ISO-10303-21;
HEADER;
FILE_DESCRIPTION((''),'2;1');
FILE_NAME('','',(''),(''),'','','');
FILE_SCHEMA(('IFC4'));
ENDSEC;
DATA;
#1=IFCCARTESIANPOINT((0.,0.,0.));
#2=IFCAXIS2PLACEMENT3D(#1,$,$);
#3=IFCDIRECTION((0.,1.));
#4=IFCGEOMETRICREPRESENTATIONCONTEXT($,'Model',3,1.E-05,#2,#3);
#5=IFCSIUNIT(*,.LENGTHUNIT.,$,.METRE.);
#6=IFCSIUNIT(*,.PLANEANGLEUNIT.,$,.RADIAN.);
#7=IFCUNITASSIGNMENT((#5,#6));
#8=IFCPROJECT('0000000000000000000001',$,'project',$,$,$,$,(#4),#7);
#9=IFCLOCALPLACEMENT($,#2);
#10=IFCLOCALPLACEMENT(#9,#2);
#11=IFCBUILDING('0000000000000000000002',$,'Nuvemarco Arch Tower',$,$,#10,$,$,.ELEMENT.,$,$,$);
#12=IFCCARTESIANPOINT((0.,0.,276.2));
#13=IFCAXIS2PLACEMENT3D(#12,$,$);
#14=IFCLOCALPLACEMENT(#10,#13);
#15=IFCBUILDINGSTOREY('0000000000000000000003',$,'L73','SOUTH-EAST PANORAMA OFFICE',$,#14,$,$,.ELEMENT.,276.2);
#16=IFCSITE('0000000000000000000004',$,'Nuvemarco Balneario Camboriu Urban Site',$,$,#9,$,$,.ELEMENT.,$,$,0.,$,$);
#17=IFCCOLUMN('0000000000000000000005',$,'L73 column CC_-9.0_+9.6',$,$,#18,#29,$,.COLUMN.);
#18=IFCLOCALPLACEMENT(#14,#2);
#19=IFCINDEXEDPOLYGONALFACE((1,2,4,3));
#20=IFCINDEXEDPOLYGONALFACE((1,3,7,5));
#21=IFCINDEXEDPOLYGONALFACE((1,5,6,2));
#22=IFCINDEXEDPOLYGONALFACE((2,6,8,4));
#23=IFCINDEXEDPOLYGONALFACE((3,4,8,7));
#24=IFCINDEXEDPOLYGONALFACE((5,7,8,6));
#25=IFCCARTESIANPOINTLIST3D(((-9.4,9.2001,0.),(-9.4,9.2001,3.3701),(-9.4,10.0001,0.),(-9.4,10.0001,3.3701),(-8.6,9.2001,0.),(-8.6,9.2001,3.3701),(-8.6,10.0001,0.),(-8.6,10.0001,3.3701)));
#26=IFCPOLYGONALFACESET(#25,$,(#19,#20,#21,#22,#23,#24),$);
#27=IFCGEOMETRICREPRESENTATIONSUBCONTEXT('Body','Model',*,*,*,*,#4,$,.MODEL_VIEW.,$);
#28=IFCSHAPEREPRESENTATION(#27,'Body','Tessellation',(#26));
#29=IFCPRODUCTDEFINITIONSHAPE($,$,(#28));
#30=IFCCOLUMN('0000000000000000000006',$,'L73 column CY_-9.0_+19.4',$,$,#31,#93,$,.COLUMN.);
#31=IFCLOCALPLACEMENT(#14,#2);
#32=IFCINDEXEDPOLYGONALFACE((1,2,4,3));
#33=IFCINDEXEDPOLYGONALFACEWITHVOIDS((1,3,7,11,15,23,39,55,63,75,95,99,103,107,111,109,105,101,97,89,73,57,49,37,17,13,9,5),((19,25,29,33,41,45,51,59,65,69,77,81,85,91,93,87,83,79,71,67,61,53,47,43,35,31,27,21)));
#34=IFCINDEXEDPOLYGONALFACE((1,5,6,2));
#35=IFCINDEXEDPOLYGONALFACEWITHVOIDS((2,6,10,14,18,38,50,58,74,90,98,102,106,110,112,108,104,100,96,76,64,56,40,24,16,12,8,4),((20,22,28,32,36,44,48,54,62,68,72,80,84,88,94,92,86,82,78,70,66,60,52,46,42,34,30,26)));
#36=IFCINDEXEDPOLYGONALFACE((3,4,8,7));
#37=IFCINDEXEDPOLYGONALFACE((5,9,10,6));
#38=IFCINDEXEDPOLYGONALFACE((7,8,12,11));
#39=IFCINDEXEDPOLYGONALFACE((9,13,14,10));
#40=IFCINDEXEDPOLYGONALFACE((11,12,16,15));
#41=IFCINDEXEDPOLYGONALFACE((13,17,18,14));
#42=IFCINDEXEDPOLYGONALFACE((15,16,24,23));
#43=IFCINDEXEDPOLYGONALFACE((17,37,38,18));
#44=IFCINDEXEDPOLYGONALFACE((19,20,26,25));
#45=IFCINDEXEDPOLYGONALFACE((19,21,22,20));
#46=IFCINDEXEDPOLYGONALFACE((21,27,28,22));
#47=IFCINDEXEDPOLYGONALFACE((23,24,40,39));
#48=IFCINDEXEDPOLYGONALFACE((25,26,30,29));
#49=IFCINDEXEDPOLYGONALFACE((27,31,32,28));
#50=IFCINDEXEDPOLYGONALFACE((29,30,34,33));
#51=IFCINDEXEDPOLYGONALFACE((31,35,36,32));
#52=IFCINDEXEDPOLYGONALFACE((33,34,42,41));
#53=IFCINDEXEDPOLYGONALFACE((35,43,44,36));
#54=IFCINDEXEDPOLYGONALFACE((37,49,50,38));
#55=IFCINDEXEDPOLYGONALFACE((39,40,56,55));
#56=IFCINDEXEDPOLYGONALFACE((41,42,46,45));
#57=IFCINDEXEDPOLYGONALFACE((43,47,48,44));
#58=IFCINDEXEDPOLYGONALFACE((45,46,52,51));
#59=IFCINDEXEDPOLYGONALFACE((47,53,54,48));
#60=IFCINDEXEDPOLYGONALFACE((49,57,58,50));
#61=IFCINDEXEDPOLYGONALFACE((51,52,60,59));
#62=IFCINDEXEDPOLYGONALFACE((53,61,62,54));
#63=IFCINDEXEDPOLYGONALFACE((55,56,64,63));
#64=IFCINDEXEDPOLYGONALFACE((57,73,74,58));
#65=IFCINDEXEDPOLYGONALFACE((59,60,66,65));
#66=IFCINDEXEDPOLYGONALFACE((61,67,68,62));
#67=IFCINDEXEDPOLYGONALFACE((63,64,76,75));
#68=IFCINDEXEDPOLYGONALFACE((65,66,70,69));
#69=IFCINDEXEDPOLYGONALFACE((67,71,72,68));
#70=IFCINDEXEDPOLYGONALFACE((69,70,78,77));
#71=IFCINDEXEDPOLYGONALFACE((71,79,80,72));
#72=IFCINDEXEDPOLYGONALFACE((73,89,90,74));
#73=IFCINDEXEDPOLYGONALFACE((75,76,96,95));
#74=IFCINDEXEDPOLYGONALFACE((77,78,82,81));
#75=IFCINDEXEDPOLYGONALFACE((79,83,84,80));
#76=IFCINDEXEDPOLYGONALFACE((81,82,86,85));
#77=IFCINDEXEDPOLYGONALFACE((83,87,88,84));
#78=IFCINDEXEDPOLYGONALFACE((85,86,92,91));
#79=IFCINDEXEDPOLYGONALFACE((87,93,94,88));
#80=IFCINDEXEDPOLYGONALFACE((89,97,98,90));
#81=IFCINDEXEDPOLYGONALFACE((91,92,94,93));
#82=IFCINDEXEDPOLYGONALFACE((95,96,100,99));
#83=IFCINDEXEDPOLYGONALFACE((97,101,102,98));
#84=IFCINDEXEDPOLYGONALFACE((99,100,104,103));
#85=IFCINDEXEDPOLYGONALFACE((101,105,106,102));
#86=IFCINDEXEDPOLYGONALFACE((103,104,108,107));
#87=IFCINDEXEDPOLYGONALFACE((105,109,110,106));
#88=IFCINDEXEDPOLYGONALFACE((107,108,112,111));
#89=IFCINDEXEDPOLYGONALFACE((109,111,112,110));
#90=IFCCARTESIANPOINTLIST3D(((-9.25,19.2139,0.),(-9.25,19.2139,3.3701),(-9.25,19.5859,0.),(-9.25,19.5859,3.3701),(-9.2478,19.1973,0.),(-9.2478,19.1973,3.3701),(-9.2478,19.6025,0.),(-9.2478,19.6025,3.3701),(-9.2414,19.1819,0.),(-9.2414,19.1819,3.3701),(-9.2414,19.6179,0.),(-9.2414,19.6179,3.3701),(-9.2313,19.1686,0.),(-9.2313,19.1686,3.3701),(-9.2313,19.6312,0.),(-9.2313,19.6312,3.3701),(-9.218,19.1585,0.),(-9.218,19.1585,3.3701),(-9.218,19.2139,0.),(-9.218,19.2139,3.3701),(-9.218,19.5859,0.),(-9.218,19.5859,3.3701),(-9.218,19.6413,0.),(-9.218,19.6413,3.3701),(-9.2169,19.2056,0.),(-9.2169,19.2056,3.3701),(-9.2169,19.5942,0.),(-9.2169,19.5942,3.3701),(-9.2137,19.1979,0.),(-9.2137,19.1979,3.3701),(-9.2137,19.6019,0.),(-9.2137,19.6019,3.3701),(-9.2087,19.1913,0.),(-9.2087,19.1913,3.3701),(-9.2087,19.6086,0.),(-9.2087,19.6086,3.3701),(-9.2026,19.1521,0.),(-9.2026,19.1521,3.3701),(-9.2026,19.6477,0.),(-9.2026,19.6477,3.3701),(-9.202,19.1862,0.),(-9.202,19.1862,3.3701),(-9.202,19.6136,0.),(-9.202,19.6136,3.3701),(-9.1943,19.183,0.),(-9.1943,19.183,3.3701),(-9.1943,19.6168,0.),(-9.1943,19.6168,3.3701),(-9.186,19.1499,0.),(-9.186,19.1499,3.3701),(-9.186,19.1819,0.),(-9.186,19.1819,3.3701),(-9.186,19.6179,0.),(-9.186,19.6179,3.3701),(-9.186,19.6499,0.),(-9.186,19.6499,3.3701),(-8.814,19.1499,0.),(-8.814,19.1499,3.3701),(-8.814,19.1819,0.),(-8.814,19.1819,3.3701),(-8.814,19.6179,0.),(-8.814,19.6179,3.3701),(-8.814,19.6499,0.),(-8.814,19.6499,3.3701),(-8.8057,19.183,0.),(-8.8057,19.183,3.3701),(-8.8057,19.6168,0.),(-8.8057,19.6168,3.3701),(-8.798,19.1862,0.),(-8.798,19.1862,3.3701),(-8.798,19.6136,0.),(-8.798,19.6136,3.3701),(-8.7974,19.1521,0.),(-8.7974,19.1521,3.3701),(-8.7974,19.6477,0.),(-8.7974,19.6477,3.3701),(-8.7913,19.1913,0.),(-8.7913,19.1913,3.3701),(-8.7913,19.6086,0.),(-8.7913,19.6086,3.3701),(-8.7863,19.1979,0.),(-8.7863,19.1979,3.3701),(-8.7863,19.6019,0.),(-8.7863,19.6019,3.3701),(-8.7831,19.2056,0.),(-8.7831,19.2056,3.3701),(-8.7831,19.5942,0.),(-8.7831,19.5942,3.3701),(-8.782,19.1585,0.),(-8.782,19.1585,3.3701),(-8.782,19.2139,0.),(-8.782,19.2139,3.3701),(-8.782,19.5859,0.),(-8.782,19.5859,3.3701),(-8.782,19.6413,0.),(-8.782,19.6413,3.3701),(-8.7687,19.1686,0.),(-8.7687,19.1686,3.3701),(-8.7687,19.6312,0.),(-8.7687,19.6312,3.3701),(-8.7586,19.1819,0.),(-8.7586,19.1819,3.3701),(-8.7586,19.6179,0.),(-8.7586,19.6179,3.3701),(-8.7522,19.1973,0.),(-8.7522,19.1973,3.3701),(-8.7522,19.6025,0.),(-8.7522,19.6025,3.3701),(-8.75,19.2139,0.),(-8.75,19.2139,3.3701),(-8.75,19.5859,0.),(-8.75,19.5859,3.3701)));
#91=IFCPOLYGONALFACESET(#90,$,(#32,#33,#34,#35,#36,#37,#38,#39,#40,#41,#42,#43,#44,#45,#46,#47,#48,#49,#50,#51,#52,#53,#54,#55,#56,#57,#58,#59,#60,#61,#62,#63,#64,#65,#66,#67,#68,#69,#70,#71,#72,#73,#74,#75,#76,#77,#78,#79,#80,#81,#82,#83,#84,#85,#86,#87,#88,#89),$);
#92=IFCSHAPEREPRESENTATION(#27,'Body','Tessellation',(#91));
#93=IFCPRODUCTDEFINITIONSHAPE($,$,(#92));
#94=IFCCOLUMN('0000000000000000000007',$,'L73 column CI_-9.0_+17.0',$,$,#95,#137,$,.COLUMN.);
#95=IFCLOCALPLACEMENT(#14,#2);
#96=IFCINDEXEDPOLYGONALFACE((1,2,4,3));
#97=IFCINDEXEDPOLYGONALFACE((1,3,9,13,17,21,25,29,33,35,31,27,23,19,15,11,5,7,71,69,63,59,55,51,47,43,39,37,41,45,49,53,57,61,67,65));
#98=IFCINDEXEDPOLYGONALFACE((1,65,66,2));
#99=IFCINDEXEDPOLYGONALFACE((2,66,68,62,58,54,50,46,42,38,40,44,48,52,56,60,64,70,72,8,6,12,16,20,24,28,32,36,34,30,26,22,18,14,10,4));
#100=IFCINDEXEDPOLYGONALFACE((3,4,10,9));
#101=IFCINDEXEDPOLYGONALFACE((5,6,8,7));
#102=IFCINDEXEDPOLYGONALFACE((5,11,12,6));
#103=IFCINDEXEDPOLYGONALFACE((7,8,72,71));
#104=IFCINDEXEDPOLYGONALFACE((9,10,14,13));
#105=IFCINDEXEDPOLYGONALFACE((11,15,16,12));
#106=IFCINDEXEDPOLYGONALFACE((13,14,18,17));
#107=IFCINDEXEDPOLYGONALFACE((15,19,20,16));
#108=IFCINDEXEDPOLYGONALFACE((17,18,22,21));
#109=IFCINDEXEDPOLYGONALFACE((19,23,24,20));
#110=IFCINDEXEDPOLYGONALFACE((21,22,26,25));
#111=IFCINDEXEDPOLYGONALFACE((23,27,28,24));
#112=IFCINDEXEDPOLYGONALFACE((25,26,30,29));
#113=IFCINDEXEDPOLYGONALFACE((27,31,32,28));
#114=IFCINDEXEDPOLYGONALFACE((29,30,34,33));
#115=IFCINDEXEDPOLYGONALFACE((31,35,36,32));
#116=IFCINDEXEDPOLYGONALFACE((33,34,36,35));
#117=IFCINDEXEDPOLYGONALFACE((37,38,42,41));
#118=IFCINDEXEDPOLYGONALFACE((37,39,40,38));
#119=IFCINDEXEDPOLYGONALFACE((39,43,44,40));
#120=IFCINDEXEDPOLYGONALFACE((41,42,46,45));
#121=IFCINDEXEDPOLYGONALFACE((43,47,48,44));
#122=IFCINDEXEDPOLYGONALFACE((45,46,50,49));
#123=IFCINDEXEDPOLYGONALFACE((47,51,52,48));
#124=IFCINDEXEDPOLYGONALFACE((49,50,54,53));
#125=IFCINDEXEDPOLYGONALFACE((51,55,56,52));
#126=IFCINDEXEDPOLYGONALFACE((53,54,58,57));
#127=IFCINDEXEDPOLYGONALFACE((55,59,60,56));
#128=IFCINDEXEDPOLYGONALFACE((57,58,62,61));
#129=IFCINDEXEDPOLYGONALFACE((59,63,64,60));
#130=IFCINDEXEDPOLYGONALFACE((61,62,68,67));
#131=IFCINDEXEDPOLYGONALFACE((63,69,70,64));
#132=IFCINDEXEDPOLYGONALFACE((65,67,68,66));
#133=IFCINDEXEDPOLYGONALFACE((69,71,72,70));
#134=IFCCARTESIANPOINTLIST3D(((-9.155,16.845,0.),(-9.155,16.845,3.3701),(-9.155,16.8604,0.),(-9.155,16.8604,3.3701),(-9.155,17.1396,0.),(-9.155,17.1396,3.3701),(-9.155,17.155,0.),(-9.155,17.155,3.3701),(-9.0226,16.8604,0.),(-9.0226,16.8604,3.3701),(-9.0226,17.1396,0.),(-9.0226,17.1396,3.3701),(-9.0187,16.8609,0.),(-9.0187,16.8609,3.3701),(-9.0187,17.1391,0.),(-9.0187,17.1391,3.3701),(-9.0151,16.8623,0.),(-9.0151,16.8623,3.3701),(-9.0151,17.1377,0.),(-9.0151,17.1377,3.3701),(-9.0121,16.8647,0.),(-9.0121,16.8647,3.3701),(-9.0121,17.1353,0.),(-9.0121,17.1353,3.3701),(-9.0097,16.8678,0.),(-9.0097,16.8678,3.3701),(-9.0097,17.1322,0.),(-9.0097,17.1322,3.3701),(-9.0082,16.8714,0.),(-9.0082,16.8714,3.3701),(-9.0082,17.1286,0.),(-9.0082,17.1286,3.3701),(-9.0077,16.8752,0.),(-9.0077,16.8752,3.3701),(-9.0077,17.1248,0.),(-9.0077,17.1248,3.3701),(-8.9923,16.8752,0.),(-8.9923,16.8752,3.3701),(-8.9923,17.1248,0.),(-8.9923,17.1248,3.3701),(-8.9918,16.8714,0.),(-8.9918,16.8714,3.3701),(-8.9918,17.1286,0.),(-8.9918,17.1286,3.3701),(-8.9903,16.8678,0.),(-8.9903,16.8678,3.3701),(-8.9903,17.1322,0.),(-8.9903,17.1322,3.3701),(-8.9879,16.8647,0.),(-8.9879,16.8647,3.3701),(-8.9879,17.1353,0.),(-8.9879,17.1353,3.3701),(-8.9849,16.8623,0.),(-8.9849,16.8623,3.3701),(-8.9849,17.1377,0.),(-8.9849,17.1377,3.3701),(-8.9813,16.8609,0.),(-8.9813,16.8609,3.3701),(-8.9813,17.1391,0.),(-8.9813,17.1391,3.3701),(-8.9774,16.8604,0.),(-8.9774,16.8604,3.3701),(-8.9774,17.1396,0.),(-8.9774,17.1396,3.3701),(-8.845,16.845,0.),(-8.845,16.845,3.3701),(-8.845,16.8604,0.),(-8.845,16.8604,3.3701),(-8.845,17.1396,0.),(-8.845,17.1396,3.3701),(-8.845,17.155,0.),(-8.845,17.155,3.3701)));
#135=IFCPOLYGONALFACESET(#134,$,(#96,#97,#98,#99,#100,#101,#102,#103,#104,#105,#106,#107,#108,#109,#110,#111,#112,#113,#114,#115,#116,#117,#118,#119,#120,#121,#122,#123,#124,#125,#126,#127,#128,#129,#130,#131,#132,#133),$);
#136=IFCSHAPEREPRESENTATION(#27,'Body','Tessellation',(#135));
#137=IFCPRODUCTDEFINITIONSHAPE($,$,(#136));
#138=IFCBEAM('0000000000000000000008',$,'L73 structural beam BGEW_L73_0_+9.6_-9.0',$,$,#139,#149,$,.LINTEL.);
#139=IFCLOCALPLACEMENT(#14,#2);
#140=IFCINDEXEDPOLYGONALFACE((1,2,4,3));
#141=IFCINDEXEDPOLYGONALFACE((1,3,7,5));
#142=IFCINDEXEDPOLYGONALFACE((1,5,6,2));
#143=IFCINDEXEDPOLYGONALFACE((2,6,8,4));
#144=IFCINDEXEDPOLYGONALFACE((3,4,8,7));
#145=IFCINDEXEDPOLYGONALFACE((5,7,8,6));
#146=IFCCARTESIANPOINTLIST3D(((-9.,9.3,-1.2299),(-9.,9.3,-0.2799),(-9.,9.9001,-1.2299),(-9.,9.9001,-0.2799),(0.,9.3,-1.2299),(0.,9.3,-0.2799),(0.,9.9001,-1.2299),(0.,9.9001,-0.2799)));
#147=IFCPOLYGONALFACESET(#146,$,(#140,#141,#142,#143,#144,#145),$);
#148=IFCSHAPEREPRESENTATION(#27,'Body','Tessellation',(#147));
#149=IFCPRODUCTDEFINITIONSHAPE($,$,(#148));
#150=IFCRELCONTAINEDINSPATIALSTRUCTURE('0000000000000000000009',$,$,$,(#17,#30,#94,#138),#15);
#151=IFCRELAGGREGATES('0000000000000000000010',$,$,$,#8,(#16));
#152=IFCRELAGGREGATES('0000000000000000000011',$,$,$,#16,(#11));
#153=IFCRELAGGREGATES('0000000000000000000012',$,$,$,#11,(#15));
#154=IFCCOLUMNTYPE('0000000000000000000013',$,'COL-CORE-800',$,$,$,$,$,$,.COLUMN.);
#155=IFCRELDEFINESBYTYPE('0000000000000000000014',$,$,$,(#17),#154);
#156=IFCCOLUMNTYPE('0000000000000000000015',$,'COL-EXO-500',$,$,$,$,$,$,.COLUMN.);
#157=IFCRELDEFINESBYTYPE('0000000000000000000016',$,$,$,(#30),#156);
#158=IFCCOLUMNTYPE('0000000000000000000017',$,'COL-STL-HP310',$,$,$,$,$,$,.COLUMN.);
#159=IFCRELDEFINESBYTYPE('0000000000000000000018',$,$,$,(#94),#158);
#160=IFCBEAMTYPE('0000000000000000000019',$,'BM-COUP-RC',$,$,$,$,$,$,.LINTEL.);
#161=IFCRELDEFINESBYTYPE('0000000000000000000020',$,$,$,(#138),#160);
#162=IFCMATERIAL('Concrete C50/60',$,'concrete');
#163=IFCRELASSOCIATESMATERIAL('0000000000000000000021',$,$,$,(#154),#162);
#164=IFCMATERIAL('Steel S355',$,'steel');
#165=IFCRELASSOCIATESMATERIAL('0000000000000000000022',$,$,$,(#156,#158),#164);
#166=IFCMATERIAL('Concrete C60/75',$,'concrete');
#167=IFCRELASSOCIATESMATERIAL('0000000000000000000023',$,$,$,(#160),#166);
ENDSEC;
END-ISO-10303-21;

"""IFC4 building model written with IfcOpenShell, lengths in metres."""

from ifc_helpers import new_model, si_unit, direction, frame, origin, origin_2d, place, context, subcontext, project, spatial, rectangle, hollow_rectangle, i_section, extrude, material, material_profile, profile_set, type_object, element, save


model = new_model("IFC4")

# Units and contexts
model_context = context("Model", 3, precision=1e-05, world=origin(), true_north=direction((0.0, 1.0)))
body_context = subcontext(model_context, "Body", "Model", "MODEL_VIEW")
ifc_project = project(units=[si_unit("LENGTHUNIT", "METRE"), si_unit("PLANEANGLEUNIT", "RADIAN")], contexts=[model_context])

# Site, building, storey
site_placement = place(None, origin())
site = spatial("IfcSite", under=ifc_project, at=site_placement, Name="Nuvemarco Balneario Camboriu Urban Site", CompositionType="ELEMENT", RefElevation=0.0)
building_placement = place(site_placement, origin())
building = spatial("IfcBuilding", under=site, at=building_placement, Name="Nuvemarco Arch Tower", CompositionType="ELEMENT")
storey_placement = place(building_placement, frame((0.0, 0.0, 276.2)))
storey = spatial("IfcBuildingStorey", under=building, at=storey_placement, Name="L73", Description="SOUTH-EAST PANORAMA OFFICE", CompositionType="ELEMENT", Elevation=276.2)

# Columns
ifc_material_1 = material(Name="Concrete C50/60", Category="concrete")
ifc_material_profile_1 = material_profile(ifc_material_1, rectangle(XDim=0.8, YDim=0.8, at=origin_2d()), Name="RC-COL-800x800")
ifc_profile_set_1 = profile_set([ifc_material_profile_1], Name="Concrete C50/60")
column_type_1 = type_object("IfcColumnType", Name="COL-CORE-800", PredefinedType="COLUMN", material=ifc_profile_set_1)
column_1_placement = place(storey_placement, frame((-9.0, 9.6001, 0.0), z_axis=(0.0, 0.0, 1.0), x_axis=(1.0, 0.0, 0.0)))
element("IfcColumn", 1, at=column_1_placement, inside=storey, type_object=column_type_1, Name="L73 column CC_-9.0_+9.6", PredefinedType="COLUMN", context=body_context, shape_type="SweptSolid", body=[
    extrude(rectangle(XDim=0.8, YDim=0.8, at=origin_2d()), origin(), (0.0, 0.0, 1.0), 3.3701),
])
ifc_material_2 = material(Name="Steel S355", Category="steel")
ifc_material_profile_2 = material_profile(ifc_material_2, hollow_rectangle(XDim=0.5, YDim=0.5, WallThickness=0.032, InnerFilletRadius=0.032, OuterFilletRadius=0.064, at=origin_2d()), Name="SHS500x500x32")
ifc_profile_set_2 = profile_set([ifc_material_profile_2], Name="Steel S355")
column_type_2 = type_object("IfcColumnType", Name="COL-EXO-500", PredefinedType="COLUMN", material=ifc_profile_set_2)
column_2_placement = place(storey_placement, frame((-9.0, 19.3999, 0.0), z_axis=(0.0, 0.0, 1.0), x_axis=(1.0, 0.0, 0.0)))
element("IfcColumn", 2, at=column_2_placement, inside=storey, type_object=column_type_2, Name="L73 column CY_-9.0_+19.4", PredefinedType="COLUMN", context=body_context, shape_type="SweptSolid", body=[
    extrude(hollow_rectangle(XDim=0.5, YDim=0.5, WallThickness=0.032, InnerFilletRadius=0.032, OuterFilletRadius=0.064, at=origin_2d()), origin(), (0.0, 0.0, 1.0), 3.3701),
])
ifc_material_profile_3 = material_profile(ifc_material_2, i_section(OverallWidth=0.3101, OverallDepth=0.3101, WebThickness=0.0154, FlangeThickness=0.0154, FilletRadius=0.0149, at=origin_2d()), Name="HP310x110")
ifc_profile_set_3 = profile_set([ifc_material_profile_3], Name="Steel S355")
column_type_3 = type_object("IfcColumnType", Name="COL-STL-HP310", PredefinedType="COLUMN", material=ifc_profile_set_3)
column_3_placement = place(storey_placement, frame((-9.0, 17.0, 0.0), z_axis=(0.0, 0.0, 1.0), x_axis=(1.0, 0.0, 0.0)))
element("IfcColumn", 3, at=column_3_placement, inside=storey, type_object=column_type_3, Name="L73 column CI_-9.0_+17.0", PredefinedType="COLUMN", context=body_context, shape_type="SweptSolid", body=[
    extrude(i_section(OverallWidth=0.3101, OverallDepth=0.3101, WebThickness=0.0154, FlangeThickness=0.0154, FilletRadius=0.0149, at=origin_2d()), origin(), (0.0, 0.0, 1.0), 3.3701),
])

# Beam
ifc_material_3 = material(Name="Concrete C60/75", Category="concrete")
ifc_material_profile_4 = material_profile(ifc_material_3, rectangle(XDim=0.6001, YDim=0.95, at=origin_2d()), Name="RC-BM-600x950")
ifc_profile_set_4 = profile_set([ifc_material_profile_4], Name="Concrete C60/75")
beam_type_1 = type_object("IfcBeamType", Name="BM-COUP-RC", PredefinedType="LINTEL", material=ifc_profile_set_4)
beam_1_placement = place(storey_placement, frame((-9.0, 9.6001, -0.7549), z_axis=(1.0, 0.0, 0.0), x_axis=(0.0, 1.0, 0.0)))
element("IfcBeam", 4, at=beam_1_placement, inside=storey, type_object=beam_type_1, Name="L73 structural beam BGEW_L73_0_+9.6_-9.0", PredefinedType="LINTEL", context=body_context, shape_type="SweptSolid", body=[
    extrude(rectangle(XDim=0.6001, YDim=0.95, at=origin_2d()), origin(), (0.0, 0.0, 1.0), 9.0),
])

save(model, "model.ifc")
